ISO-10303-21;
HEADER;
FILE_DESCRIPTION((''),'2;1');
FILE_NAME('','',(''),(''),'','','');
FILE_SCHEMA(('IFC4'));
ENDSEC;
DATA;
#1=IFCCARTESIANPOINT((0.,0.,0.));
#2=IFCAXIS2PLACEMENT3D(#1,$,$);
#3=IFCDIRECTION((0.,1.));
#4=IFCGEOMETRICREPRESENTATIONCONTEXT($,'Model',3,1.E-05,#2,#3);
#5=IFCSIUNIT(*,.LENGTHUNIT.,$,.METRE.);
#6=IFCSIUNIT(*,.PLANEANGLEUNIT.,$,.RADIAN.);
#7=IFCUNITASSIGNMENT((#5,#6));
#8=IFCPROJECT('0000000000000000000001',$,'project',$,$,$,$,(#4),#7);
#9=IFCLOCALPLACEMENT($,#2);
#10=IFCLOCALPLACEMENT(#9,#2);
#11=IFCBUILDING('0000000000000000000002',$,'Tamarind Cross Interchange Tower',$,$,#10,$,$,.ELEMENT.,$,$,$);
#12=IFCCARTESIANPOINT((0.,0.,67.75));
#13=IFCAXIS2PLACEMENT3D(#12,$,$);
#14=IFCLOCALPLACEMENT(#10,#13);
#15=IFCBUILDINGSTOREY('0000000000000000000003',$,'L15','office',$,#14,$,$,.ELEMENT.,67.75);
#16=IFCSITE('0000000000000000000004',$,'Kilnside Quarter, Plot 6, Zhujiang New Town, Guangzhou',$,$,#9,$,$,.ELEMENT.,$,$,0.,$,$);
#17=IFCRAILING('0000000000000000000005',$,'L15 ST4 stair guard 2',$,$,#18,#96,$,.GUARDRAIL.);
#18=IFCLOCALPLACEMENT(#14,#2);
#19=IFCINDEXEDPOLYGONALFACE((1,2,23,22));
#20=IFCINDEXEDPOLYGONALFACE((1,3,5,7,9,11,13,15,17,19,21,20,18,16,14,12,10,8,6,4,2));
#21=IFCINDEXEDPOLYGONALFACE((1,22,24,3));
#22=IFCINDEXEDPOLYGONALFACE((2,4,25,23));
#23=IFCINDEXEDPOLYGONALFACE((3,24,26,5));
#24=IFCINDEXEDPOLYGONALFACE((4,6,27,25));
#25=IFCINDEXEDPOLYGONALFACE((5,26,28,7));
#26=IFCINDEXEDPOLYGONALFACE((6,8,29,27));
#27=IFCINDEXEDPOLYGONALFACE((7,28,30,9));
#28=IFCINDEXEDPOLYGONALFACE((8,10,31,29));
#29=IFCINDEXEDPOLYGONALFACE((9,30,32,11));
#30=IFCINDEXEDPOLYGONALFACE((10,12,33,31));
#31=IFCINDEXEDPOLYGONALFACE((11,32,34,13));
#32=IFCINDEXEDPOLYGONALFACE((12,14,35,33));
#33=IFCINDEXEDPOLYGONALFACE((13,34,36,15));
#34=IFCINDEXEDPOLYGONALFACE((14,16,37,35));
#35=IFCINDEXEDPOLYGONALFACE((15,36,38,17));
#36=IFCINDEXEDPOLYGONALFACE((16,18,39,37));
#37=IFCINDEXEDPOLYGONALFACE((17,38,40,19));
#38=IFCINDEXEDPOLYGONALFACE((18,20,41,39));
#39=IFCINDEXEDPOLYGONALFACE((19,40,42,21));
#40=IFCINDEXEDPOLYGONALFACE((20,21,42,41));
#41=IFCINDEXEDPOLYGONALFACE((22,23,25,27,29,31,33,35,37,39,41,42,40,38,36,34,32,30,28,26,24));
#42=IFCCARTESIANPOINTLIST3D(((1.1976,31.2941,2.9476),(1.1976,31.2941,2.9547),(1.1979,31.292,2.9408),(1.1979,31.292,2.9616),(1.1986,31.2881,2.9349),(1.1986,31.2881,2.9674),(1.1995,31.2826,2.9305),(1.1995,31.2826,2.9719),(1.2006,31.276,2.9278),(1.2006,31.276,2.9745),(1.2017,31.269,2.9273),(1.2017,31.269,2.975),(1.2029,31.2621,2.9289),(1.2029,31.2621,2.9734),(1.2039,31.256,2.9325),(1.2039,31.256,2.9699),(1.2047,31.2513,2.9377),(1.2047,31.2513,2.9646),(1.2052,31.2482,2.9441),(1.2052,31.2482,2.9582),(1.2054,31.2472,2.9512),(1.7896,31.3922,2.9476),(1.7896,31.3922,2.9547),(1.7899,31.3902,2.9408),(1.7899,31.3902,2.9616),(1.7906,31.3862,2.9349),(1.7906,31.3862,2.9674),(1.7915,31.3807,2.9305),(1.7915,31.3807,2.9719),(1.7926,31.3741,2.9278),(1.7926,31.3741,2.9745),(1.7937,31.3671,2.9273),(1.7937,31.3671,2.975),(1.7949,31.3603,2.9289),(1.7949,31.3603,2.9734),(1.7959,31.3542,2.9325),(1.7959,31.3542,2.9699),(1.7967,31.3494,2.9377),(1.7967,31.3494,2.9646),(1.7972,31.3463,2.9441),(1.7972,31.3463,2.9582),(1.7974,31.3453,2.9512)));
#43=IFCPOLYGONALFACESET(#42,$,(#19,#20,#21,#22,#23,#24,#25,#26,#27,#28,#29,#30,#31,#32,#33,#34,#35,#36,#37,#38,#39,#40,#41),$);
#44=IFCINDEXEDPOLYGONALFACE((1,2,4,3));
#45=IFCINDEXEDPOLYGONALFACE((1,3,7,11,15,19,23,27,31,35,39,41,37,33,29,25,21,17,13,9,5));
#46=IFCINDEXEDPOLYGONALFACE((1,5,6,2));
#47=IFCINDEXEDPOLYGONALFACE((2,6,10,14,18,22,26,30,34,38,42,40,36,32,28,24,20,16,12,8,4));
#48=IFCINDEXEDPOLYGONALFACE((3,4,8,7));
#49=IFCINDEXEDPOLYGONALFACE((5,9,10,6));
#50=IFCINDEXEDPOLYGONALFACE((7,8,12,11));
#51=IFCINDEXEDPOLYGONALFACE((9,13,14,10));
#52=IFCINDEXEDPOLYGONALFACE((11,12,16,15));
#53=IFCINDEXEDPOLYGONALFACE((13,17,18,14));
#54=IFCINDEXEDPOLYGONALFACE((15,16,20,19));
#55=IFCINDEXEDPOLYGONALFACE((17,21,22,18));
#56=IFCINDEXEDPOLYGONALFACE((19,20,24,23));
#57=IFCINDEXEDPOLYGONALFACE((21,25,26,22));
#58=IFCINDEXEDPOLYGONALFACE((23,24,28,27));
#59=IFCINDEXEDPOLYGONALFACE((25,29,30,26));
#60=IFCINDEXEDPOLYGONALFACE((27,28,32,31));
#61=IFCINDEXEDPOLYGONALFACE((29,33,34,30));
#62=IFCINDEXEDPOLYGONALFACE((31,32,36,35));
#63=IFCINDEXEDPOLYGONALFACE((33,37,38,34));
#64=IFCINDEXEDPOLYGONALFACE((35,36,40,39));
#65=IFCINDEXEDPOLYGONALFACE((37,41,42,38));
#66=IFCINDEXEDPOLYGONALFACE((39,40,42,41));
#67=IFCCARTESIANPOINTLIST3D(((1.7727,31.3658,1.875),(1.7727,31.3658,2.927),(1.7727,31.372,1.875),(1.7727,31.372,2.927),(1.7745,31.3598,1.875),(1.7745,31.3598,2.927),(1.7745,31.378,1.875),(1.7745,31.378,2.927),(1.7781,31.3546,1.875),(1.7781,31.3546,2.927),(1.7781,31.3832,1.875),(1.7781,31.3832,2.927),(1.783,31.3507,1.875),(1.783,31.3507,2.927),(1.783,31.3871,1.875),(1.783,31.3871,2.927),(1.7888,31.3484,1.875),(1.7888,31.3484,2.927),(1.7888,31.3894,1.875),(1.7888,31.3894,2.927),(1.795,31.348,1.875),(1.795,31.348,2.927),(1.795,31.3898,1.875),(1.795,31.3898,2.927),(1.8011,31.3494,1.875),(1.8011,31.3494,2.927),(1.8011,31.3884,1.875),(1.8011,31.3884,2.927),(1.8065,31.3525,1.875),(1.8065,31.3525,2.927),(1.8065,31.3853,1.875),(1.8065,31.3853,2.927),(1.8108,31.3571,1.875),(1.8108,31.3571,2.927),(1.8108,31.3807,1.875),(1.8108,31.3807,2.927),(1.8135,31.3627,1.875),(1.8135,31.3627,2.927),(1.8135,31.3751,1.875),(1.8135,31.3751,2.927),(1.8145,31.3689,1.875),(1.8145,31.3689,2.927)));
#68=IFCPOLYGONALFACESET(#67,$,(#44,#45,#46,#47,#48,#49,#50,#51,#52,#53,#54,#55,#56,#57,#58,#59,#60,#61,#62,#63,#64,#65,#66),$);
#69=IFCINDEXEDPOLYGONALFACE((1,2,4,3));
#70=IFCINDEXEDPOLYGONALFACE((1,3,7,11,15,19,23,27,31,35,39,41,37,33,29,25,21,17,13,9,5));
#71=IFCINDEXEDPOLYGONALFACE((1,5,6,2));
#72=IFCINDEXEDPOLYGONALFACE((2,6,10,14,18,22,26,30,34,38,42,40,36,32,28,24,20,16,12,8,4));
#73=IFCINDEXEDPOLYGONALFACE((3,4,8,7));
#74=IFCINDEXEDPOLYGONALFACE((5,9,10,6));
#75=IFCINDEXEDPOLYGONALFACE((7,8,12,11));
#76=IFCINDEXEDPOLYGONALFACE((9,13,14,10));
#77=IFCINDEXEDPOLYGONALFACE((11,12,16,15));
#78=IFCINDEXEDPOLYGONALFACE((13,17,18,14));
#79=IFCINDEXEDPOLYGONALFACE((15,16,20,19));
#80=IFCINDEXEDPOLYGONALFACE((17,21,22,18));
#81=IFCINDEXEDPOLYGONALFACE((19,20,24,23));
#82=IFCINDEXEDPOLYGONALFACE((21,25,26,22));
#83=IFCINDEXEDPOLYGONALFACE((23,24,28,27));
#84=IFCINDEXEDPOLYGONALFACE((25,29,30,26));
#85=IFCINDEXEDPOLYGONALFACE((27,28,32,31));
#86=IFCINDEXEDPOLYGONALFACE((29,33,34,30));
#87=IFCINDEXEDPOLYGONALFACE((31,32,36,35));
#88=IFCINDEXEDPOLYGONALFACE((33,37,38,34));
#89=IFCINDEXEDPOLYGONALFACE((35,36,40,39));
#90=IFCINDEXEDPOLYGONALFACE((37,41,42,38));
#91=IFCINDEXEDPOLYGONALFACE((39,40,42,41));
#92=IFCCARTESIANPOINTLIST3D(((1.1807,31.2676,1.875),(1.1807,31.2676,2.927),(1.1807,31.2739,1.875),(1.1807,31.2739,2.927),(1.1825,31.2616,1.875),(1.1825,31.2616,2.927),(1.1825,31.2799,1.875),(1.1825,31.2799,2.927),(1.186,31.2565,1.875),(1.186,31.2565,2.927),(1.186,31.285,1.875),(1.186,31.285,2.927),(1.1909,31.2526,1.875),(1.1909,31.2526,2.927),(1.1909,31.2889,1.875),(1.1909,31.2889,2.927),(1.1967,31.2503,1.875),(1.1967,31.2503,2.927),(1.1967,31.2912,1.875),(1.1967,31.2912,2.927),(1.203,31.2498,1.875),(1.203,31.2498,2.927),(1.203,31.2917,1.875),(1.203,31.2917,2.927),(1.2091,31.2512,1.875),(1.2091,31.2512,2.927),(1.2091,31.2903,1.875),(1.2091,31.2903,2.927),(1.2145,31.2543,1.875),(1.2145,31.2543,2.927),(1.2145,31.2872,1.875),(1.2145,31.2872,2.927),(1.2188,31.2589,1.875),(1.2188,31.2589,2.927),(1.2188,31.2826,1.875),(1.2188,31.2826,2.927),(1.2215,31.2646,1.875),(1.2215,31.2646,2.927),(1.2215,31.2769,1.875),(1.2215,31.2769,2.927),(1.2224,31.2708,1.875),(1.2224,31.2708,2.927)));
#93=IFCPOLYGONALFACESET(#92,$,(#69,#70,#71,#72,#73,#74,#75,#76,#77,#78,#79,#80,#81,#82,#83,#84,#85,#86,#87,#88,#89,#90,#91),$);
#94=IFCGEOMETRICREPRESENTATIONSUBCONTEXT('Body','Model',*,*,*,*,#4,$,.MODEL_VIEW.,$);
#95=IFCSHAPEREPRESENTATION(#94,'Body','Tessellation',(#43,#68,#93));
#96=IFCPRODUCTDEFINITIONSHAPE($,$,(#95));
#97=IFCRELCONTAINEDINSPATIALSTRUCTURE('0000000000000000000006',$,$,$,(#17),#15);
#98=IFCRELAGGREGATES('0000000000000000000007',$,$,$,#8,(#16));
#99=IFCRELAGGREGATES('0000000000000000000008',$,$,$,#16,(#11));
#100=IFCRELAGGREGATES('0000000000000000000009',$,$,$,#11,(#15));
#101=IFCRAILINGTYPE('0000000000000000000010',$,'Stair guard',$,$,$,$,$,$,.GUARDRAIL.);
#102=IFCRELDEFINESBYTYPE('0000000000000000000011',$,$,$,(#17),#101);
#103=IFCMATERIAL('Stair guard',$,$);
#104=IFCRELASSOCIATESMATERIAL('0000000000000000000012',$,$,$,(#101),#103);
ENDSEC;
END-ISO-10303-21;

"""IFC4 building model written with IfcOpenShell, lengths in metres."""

from ifc_helpers import new_model, si_unit, direction, frame, origin, origin_2d, place, context, subcontext, project, spatial, circle, extrude, material, type_object, element, save


model = new_model("IFC4")

# Units and contexts
model_context = context("Model", 3, precision=1e-05, world=origin(), true_north=direction((0.0, 1.0)))
body_context = subcontext(model_context, "Body", "Model", "MODEL_VIEW")
ifc_project = project(units=[si_unit("LENGTHUNIT", "METRE"), si_unit("PLANEANGLEUNIT", "RADIAN")], contexts=[model_context])

# Site, building, storey
site_placement = place(None, origin())
site = spatial("IfcSite", under=ifc_project, at=site_placement, Name="Kilnside Quarter, Plot 6, Zhujiang New Town, Guangzhou", CompositionType="ELEMENT", RefElevation=0.0)
building_placement = place(site_placement, origin())
building = spatial("IfcBuilding", under=site, at=building_placement, Name="Tamarind Cross Interchange Tower", CompositionType="ELEMENT")
storey_placement = place(building_placement, frame((0.0, 0.0, 67.75)))
storey = spatial("IfcBuildingStorey", under=building, at=storey_placement, Name="L15", Description="office", CompositionType="ELEMENT", Elevation=67.75)

# Railing
ifc_material_1 = material(Name="Stair guard")
railing_type_1 = type_object("IfcRailingType", Name="Stair guard", PredefinedType="GUARDRAIL", material=ifc_material_1)
railing_1_placement = place(storey_placement, frame((1.7935, 31.3689, 1.875)))
element("IfcRailing", 1, at=railing_1_placement, inside=storey, type_object=railing_type_1, Name="L15 ST4 stair guard 2", PredefinedType="GUARDRAIL", context=body_context, shape_type="SweptSolid", body=[
    extrude(circle(Radius=0.0239, at=origin_2d()), frame((0.0, 0.0, 1.0762), z_axis=(-0.986536, -0.163541, 0.0), x_axis=(0.163541, -0.986536, 0.0)), (0.0, 0.0, 1.0), 0.6001),
    extrude(circle(Radius=0.021, at=origin_2d()), origin(), (0.0, 0.0, 1.0), 1.052),
    extrude(circle(Radius=0.021, at=origin_2d()), frame((-0.592, -0.0981, 0.0)), (0.0, 0.0, 1.0), 1.052),
])

save(model, "model.ifc")
